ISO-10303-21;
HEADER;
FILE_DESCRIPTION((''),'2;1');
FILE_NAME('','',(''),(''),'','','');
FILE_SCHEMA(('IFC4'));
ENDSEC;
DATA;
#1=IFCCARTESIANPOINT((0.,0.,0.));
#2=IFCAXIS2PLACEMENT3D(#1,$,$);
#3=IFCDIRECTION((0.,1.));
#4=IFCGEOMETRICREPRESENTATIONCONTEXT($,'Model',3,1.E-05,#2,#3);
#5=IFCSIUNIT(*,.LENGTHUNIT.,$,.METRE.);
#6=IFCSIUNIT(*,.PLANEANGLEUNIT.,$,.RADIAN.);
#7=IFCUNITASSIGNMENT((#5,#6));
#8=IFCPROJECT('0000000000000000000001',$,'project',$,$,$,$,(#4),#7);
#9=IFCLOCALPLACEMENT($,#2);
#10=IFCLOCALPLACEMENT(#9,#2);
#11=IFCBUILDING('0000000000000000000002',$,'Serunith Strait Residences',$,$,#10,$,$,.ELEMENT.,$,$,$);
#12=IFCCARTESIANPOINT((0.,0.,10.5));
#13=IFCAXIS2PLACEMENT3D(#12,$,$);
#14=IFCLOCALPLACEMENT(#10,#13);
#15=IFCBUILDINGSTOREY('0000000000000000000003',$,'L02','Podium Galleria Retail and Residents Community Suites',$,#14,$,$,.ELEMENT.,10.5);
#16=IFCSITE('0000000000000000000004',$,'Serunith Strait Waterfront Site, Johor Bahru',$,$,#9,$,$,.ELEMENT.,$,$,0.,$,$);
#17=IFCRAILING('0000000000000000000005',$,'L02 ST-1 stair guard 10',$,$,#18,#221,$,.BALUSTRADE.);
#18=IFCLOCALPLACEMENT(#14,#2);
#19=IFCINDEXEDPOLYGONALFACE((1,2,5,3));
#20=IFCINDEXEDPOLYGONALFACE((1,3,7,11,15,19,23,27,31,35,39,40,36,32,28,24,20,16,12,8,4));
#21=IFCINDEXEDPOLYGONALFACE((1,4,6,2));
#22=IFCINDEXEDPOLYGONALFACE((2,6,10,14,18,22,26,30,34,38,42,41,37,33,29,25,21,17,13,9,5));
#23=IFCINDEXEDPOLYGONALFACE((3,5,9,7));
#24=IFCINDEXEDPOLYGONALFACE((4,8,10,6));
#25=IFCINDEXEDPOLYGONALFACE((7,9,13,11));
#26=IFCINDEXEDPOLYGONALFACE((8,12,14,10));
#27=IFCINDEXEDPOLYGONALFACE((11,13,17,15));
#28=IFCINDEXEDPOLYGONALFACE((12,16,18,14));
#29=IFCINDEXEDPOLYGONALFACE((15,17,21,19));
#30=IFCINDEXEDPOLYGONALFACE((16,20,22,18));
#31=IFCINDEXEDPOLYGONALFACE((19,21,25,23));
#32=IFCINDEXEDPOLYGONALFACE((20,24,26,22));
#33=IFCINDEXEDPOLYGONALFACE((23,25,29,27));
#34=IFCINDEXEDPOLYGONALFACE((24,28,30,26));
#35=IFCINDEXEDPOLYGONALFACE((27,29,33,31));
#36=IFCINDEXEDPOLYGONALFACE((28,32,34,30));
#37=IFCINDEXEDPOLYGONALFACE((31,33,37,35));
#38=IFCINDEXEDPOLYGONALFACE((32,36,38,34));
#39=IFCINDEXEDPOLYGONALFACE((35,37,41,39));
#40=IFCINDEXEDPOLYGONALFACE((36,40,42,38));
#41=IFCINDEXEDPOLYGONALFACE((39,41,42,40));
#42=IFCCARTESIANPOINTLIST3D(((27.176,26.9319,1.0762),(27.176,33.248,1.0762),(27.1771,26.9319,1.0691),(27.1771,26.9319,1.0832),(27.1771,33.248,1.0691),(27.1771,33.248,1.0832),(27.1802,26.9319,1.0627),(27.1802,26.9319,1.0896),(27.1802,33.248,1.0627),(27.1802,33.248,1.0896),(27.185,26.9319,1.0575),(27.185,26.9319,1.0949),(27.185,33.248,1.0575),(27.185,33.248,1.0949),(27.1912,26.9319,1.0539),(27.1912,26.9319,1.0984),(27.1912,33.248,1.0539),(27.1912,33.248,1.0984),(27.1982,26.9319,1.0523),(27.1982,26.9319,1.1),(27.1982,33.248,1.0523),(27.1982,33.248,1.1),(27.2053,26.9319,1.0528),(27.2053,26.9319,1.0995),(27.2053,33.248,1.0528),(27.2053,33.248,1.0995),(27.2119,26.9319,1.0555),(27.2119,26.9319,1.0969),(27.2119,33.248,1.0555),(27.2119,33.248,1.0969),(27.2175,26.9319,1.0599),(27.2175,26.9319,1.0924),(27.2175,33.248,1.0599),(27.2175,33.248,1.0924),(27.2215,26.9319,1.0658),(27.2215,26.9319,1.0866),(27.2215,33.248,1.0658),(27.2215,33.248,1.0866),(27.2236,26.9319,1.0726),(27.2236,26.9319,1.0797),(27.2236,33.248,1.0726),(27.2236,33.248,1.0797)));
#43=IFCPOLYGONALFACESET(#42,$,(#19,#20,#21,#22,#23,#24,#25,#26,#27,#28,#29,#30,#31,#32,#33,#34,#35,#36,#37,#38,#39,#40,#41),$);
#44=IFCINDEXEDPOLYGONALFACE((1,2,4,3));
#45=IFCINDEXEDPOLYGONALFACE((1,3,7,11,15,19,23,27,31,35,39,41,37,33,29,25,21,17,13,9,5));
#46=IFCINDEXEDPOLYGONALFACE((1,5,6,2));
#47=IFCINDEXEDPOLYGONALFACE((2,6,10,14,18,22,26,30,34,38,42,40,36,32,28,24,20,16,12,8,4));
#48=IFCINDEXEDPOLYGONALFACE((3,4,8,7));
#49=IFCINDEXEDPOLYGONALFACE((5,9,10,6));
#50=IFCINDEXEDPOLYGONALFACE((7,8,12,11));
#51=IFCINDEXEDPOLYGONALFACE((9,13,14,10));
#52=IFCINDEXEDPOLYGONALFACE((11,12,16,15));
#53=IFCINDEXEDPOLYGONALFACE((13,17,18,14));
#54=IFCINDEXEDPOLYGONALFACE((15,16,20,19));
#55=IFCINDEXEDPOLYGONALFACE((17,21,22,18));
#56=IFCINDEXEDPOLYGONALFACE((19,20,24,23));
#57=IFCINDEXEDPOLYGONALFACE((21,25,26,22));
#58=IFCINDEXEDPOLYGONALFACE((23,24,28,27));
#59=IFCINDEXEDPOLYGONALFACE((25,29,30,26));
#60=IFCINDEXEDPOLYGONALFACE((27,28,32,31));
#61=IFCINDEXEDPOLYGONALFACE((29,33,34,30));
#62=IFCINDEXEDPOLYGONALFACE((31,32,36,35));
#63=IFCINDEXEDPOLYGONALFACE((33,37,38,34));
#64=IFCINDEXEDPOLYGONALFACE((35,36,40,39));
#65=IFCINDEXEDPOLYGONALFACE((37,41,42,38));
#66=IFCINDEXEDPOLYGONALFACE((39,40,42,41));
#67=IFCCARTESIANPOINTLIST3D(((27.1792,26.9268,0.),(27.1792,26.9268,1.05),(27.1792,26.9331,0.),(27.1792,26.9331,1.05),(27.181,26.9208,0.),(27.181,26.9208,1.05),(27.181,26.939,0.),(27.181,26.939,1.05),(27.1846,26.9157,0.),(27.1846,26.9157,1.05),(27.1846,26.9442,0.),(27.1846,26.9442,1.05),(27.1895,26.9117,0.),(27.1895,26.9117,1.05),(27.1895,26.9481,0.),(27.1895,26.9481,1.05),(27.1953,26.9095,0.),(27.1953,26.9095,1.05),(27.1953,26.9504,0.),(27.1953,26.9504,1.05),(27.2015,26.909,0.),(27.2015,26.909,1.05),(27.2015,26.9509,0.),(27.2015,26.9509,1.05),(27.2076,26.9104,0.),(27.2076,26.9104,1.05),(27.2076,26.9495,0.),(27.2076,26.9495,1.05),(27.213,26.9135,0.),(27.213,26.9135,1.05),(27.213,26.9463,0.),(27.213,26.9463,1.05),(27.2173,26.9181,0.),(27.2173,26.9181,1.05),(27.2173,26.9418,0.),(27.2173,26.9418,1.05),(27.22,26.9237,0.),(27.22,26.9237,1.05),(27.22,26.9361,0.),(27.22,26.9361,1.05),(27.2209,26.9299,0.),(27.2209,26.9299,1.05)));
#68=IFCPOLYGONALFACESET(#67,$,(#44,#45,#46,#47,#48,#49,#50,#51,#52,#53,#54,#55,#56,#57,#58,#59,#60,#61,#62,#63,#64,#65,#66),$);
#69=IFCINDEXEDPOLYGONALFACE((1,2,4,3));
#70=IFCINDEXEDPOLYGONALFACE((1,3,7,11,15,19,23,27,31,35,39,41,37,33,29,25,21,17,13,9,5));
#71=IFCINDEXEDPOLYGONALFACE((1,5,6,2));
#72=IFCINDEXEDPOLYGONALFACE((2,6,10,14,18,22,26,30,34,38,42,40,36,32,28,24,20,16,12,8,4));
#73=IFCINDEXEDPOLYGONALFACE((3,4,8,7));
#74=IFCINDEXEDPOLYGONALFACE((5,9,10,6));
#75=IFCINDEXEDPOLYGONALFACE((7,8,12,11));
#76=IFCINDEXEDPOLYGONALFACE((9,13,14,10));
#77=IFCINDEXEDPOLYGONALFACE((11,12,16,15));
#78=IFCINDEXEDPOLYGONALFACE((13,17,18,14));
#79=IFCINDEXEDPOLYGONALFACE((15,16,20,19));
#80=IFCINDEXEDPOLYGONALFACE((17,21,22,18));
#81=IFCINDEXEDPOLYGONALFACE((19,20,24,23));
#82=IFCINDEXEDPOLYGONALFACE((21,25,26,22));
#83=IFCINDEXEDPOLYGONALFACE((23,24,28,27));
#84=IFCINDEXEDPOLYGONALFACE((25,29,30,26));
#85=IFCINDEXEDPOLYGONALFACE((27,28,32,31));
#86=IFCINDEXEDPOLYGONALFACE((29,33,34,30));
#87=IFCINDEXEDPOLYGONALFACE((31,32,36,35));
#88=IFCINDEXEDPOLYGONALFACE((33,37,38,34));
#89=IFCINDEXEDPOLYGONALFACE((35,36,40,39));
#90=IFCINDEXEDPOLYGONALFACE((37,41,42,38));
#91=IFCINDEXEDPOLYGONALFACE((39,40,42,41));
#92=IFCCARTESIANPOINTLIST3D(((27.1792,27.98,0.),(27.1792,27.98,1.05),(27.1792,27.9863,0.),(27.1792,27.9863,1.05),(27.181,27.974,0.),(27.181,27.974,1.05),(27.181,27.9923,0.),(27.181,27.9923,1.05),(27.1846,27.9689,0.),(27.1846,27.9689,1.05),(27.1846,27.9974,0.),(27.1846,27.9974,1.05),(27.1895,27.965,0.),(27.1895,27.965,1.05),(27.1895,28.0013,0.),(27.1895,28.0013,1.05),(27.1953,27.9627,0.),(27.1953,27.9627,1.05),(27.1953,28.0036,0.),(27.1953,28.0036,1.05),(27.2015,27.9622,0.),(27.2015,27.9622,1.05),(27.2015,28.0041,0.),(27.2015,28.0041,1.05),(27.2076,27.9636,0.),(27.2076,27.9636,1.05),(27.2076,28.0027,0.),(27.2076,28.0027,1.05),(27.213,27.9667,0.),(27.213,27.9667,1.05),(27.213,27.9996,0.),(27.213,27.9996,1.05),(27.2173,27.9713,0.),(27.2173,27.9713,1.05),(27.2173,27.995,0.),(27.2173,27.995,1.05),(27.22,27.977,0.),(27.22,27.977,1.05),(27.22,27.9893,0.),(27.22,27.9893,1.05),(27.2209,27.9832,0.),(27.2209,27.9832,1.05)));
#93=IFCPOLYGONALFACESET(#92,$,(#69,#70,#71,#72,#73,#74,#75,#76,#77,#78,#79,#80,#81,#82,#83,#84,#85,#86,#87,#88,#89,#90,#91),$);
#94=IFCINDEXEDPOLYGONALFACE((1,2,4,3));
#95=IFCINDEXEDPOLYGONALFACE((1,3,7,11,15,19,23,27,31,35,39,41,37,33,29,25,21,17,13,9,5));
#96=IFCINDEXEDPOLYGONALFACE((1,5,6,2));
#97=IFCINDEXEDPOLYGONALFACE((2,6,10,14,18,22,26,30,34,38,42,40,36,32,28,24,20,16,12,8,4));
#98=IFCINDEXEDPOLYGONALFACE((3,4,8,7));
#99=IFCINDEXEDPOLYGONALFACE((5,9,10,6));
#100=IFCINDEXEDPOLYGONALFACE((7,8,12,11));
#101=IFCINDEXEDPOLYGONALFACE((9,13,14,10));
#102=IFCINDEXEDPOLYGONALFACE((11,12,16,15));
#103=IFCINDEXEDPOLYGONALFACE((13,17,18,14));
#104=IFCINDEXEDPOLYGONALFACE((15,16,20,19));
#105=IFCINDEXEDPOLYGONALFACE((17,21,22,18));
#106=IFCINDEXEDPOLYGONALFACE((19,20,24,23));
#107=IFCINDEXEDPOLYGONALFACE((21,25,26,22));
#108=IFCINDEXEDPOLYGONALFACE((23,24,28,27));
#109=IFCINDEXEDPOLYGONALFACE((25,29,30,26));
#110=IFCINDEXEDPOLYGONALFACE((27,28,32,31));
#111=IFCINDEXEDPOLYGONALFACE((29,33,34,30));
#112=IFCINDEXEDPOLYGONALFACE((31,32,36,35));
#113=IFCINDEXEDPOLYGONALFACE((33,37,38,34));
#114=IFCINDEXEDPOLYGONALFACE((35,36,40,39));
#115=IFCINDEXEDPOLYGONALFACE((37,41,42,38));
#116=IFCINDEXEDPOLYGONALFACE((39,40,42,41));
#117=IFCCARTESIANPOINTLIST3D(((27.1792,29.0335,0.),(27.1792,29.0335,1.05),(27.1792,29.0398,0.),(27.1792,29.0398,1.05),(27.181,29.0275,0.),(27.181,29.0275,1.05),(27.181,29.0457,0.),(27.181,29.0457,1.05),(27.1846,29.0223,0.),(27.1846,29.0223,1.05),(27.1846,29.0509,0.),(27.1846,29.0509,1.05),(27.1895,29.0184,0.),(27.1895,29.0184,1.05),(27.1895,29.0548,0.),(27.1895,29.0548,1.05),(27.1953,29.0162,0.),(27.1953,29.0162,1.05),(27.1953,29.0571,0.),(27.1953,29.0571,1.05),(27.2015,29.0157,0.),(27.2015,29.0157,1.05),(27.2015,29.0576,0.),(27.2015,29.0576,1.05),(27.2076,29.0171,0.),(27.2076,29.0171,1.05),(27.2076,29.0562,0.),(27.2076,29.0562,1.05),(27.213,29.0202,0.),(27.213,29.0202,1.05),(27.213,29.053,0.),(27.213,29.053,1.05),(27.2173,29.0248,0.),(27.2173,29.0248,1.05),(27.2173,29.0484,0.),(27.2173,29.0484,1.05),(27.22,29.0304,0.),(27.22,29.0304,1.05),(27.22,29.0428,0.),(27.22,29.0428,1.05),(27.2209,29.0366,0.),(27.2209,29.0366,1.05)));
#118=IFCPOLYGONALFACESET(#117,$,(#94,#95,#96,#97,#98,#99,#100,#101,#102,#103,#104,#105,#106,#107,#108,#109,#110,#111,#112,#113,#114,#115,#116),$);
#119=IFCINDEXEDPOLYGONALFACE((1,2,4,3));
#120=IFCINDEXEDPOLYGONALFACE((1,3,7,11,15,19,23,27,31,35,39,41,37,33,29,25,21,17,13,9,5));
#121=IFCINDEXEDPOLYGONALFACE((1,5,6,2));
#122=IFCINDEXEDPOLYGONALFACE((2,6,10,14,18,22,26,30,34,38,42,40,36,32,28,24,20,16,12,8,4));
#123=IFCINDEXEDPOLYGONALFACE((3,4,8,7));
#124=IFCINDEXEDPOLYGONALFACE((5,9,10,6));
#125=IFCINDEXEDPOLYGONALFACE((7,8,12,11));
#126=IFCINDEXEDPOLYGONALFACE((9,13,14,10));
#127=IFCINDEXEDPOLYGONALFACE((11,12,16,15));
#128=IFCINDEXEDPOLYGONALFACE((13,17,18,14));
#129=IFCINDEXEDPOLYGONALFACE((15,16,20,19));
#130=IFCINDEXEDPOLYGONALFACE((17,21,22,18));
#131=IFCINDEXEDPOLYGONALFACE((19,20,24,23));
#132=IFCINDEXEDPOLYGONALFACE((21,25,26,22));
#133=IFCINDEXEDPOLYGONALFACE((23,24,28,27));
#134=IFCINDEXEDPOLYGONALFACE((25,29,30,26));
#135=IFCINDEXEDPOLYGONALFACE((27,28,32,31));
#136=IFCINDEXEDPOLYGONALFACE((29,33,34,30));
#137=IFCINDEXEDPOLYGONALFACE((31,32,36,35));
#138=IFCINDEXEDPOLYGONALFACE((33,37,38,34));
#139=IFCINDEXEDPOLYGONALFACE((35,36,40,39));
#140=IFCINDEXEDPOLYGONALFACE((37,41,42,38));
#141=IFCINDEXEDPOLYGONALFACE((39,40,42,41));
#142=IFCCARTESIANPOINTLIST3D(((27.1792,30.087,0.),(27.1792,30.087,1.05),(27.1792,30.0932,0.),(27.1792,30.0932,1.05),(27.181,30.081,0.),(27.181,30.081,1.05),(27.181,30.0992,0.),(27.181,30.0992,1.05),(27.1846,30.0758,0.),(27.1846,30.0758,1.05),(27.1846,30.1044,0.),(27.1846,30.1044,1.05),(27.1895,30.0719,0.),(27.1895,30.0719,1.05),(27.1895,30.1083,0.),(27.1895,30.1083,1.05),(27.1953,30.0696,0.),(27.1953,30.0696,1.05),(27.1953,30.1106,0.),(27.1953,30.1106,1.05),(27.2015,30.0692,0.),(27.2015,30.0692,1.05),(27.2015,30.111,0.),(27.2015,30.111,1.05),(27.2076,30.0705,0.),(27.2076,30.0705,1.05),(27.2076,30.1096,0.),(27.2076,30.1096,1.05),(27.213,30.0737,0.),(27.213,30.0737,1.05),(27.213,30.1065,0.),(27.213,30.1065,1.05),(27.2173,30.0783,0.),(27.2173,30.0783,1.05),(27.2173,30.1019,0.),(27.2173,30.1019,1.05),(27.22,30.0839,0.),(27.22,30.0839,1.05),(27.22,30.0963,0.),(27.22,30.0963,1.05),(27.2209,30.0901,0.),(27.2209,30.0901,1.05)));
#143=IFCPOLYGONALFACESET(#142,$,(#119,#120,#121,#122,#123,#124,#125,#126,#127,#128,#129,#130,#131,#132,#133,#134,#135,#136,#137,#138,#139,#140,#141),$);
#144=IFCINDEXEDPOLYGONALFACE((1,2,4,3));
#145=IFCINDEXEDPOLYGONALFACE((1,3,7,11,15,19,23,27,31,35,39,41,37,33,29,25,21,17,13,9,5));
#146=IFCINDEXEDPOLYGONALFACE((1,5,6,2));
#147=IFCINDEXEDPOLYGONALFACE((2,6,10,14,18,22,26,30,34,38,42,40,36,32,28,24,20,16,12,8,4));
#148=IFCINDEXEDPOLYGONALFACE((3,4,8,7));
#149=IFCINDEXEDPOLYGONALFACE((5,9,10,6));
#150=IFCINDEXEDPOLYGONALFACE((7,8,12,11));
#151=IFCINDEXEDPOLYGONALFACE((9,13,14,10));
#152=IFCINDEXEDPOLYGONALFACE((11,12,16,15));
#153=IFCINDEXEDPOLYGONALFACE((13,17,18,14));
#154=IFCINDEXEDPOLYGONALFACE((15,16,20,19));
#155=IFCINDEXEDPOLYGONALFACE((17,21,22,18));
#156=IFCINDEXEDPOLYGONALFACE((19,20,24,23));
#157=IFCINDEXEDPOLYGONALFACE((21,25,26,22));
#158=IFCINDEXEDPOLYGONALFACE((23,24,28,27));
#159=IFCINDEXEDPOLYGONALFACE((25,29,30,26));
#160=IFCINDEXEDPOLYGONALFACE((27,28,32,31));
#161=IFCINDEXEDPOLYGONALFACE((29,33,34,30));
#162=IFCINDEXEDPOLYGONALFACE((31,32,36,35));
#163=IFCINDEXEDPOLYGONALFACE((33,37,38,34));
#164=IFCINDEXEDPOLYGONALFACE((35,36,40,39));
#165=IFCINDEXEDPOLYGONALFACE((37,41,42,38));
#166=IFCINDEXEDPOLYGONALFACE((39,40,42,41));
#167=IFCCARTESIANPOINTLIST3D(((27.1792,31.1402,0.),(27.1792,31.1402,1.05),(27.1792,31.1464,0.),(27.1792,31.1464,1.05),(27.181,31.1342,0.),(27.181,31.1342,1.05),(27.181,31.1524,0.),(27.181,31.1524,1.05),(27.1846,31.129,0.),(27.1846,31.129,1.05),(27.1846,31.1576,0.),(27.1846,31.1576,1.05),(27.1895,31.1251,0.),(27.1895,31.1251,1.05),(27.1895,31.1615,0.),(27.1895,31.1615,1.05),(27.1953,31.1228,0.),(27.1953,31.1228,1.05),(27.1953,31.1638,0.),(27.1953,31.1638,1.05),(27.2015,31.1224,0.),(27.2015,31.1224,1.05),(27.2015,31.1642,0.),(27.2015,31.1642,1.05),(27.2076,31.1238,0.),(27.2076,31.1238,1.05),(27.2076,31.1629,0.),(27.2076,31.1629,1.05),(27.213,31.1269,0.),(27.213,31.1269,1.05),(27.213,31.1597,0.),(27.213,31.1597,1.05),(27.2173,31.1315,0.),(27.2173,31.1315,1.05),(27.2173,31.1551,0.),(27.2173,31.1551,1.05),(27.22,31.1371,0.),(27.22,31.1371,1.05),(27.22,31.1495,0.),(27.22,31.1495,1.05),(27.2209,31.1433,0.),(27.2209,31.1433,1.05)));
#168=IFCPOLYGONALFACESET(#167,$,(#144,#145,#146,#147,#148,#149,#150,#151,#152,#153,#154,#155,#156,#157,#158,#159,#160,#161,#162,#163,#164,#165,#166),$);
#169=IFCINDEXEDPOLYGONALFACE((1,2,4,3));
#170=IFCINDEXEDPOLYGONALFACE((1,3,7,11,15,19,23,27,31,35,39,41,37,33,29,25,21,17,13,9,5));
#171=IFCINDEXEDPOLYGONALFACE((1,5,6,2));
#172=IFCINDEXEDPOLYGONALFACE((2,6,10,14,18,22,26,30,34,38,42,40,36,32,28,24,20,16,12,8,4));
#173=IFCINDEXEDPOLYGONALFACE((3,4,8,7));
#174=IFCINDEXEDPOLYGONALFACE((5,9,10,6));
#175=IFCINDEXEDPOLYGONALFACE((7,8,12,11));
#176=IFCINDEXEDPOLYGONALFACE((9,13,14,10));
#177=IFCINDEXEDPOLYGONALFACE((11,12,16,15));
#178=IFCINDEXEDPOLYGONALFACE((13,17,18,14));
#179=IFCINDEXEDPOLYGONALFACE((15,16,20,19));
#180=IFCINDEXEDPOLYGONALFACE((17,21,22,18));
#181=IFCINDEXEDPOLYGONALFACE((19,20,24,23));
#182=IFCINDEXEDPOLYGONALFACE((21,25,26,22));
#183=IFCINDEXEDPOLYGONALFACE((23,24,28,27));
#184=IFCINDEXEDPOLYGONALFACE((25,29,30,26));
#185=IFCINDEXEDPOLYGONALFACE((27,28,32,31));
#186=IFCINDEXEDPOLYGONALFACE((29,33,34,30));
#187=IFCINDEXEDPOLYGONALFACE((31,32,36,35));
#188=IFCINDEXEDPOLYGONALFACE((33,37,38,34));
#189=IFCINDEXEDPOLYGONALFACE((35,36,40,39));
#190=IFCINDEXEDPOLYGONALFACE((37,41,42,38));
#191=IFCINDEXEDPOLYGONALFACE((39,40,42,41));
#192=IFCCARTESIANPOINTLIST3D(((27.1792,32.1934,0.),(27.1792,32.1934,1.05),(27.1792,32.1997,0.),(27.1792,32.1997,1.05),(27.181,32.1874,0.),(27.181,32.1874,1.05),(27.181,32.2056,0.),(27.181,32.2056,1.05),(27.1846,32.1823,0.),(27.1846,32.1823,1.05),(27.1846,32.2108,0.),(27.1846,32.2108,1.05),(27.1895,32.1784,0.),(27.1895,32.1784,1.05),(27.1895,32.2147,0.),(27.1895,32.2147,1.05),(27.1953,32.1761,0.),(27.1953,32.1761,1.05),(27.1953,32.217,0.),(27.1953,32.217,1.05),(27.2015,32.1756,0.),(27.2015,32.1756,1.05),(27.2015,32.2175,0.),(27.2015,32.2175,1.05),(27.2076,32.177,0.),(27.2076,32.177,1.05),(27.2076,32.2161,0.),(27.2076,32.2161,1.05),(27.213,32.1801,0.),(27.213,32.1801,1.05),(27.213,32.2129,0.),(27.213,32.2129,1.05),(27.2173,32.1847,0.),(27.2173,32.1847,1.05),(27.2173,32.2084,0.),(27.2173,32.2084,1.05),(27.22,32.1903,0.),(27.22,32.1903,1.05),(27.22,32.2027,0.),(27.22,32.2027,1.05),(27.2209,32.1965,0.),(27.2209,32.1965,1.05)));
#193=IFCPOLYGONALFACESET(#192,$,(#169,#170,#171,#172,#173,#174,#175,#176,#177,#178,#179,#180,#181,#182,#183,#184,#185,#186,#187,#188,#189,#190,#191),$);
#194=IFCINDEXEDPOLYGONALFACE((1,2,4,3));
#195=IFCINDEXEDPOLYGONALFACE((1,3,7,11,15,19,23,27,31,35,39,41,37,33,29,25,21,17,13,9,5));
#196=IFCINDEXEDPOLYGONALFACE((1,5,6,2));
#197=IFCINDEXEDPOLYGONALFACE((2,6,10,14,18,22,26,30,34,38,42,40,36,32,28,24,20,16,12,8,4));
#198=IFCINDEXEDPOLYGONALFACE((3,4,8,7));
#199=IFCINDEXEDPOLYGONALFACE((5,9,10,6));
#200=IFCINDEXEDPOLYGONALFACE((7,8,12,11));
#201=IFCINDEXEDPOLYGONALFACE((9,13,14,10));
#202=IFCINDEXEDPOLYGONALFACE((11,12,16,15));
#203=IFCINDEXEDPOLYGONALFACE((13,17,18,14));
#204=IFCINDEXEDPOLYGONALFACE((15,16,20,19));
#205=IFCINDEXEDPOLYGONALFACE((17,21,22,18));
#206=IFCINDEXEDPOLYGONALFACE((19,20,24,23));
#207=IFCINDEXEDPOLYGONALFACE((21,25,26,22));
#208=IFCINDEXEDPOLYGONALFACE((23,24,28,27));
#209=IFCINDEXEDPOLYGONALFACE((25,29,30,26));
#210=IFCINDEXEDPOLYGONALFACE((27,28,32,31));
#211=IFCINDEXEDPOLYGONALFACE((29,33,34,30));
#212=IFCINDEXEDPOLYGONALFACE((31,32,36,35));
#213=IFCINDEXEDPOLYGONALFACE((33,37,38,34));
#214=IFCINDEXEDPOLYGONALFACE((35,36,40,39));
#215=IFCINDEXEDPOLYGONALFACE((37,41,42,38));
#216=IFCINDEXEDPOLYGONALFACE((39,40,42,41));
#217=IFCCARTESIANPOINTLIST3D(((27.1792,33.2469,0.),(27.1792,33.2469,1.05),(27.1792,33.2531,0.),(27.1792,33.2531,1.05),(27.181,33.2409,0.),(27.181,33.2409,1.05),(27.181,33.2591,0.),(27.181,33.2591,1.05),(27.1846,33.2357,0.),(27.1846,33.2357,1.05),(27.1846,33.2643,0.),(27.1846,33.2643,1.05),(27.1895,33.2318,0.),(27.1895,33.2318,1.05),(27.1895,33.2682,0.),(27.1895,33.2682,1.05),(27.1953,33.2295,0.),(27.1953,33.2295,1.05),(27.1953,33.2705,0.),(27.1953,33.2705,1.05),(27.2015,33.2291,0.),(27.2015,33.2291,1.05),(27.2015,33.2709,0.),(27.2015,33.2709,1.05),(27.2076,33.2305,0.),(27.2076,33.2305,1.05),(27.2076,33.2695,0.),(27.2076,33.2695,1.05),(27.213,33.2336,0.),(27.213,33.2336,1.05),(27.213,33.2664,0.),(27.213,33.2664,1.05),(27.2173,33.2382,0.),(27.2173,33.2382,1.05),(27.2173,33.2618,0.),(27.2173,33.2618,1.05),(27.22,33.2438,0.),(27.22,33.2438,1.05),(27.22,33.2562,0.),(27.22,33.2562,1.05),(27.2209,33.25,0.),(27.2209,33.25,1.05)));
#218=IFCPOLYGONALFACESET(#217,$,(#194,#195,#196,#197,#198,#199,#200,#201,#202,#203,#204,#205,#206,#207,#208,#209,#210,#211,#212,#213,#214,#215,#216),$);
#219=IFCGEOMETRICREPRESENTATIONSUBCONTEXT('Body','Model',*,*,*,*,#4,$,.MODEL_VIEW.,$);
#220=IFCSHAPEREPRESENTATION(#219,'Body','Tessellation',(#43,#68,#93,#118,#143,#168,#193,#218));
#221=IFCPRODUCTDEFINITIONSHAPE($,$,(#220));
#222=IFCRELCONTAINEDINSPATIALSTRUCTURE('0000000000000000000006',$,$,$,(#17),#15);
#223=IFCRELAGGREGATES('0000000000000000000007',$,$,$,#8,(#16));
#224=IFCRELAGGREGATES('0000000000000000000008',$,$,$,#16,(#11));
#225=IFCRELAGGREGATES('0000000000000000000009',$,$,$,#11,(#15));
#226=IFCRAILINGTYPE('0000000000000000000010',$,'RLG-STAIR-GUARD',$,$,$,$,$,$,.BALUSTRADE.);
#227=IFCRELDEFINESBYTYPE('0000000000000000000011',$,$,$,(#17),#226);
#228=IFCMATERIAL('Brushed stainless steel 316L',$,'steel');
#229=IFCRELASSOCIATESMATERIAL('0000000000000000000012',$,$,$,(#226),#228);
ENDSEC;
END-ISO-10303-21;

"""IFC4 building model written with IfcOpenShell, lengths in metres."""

from ifc_helpers import new_model, si_unit, direction, frame, origin, origin_2d, place, context, subcontext, project, spatial, circle, extrude, material, type_object, element, save


model = new_model("IFC4")

# Units and contexts
model_context = context("Model", 3, precision=1e-05, world=origin(), true_north=direction((0.0, 1.0)))
body_context = subcontext(model_context, "Body", "Model", "MODEL_VIEW")
ifc_project = project(units=[si_unit("LENGTHUNIT", "METRE"), si_unit("PLANEANGLEUNIT", "RADIAN")], contexts=[model_context])

# Site, building, storey
site_placement = place(None, origin())
site = spatial("IfcSite", under=ifc_project, at=site_placement, Name="Serunith Strait Waterfront Site, Johor Bahru", CompositionType="ELEMENT", RefElevation=0.0)
building_placement = place(site_placement, origin())
building = spatial("IfcBuilding", under=site, at=building_placement, Name="Serunith Strait Residences", CompositionType="ELEMENT")
storey_placement = place(building_placement, frame((0.0, 0.0, 10.5)))
storey = spatial("IfcBuildingStorey", under=building, at=storey_placement, Name="L02", Description="Podium Galleria Retail and Residents Community Suites", CompositionType="ELEMENT", Elevation=10.5)

# Railing
ifc_material_1 = material(Name="Brushed stainless steel 316L", Category="steel")
railing_type_1 = type_object("IfcRailingType", Name="RLG-STAIR-GUARD", PredefinedType="BALUSTRADE", material=ifc_material_1)
railing_1_placement = place(storey_placement, frame((27.2, 26.9299, 0.0)))
element("IfcRailing", 1, at=railing_1_placement, inside=storey, type_object=railing_type_1, Name="L02 ST-1 stair guard 10", PredefinedType="BALUSTRADE", context=body_context, shape_type="SweptSolid", body=[
    extrude(circle(Radius=0.0239, at=origin_2d()), frame((0.0, 0.002, 1.0762), z_axis=(0.0, 1.0, 0.0), x_axis=(-1.0, 0.0, 0.0)), (0.0, 0.0, 1.0), 6.3162),
    extrude(circle(Radius=0.021, at=origin_2d()), origin(), (0.0, 0.0, 1.0), 1.05),
    extrude(circle(Radius=0.021, at=origin_2d()), frame((0.0, 1.0532, 0.0)), (0.0, 0.0, 1.0), 1.05),
    extrude(circle(Radius=0.021, at=origin_2d()), frame((0.0, 2.1067, 0.0)), (0.0, 0.0, 1.0), 1.05),
    extrude(circle(Radius=0.021, at=origin_2d()), frame((0.0, 3.1602, 0.0)), (0.0, 0.0, 1.0), 1.05),
    extrude(circle(Radius=0.021, at=origin_2d()), frame((0.0, 4.2134, 0.0)), (0.0, 0.0, 1.0), 1.05),
    extrude(circle(Radius=0.021, at=origin_2d()), frame((0.0, 5.2666, 0.0)), (0.0, 0.0, 1.0), 1.05),
    extrude(circle(Radius=0.021, at=origin_2d()), frame((0.0, 6.3201, 0.0)), (0.0, 0.0, 1.0), 1.05),
])

save(model, "model.ifc")
